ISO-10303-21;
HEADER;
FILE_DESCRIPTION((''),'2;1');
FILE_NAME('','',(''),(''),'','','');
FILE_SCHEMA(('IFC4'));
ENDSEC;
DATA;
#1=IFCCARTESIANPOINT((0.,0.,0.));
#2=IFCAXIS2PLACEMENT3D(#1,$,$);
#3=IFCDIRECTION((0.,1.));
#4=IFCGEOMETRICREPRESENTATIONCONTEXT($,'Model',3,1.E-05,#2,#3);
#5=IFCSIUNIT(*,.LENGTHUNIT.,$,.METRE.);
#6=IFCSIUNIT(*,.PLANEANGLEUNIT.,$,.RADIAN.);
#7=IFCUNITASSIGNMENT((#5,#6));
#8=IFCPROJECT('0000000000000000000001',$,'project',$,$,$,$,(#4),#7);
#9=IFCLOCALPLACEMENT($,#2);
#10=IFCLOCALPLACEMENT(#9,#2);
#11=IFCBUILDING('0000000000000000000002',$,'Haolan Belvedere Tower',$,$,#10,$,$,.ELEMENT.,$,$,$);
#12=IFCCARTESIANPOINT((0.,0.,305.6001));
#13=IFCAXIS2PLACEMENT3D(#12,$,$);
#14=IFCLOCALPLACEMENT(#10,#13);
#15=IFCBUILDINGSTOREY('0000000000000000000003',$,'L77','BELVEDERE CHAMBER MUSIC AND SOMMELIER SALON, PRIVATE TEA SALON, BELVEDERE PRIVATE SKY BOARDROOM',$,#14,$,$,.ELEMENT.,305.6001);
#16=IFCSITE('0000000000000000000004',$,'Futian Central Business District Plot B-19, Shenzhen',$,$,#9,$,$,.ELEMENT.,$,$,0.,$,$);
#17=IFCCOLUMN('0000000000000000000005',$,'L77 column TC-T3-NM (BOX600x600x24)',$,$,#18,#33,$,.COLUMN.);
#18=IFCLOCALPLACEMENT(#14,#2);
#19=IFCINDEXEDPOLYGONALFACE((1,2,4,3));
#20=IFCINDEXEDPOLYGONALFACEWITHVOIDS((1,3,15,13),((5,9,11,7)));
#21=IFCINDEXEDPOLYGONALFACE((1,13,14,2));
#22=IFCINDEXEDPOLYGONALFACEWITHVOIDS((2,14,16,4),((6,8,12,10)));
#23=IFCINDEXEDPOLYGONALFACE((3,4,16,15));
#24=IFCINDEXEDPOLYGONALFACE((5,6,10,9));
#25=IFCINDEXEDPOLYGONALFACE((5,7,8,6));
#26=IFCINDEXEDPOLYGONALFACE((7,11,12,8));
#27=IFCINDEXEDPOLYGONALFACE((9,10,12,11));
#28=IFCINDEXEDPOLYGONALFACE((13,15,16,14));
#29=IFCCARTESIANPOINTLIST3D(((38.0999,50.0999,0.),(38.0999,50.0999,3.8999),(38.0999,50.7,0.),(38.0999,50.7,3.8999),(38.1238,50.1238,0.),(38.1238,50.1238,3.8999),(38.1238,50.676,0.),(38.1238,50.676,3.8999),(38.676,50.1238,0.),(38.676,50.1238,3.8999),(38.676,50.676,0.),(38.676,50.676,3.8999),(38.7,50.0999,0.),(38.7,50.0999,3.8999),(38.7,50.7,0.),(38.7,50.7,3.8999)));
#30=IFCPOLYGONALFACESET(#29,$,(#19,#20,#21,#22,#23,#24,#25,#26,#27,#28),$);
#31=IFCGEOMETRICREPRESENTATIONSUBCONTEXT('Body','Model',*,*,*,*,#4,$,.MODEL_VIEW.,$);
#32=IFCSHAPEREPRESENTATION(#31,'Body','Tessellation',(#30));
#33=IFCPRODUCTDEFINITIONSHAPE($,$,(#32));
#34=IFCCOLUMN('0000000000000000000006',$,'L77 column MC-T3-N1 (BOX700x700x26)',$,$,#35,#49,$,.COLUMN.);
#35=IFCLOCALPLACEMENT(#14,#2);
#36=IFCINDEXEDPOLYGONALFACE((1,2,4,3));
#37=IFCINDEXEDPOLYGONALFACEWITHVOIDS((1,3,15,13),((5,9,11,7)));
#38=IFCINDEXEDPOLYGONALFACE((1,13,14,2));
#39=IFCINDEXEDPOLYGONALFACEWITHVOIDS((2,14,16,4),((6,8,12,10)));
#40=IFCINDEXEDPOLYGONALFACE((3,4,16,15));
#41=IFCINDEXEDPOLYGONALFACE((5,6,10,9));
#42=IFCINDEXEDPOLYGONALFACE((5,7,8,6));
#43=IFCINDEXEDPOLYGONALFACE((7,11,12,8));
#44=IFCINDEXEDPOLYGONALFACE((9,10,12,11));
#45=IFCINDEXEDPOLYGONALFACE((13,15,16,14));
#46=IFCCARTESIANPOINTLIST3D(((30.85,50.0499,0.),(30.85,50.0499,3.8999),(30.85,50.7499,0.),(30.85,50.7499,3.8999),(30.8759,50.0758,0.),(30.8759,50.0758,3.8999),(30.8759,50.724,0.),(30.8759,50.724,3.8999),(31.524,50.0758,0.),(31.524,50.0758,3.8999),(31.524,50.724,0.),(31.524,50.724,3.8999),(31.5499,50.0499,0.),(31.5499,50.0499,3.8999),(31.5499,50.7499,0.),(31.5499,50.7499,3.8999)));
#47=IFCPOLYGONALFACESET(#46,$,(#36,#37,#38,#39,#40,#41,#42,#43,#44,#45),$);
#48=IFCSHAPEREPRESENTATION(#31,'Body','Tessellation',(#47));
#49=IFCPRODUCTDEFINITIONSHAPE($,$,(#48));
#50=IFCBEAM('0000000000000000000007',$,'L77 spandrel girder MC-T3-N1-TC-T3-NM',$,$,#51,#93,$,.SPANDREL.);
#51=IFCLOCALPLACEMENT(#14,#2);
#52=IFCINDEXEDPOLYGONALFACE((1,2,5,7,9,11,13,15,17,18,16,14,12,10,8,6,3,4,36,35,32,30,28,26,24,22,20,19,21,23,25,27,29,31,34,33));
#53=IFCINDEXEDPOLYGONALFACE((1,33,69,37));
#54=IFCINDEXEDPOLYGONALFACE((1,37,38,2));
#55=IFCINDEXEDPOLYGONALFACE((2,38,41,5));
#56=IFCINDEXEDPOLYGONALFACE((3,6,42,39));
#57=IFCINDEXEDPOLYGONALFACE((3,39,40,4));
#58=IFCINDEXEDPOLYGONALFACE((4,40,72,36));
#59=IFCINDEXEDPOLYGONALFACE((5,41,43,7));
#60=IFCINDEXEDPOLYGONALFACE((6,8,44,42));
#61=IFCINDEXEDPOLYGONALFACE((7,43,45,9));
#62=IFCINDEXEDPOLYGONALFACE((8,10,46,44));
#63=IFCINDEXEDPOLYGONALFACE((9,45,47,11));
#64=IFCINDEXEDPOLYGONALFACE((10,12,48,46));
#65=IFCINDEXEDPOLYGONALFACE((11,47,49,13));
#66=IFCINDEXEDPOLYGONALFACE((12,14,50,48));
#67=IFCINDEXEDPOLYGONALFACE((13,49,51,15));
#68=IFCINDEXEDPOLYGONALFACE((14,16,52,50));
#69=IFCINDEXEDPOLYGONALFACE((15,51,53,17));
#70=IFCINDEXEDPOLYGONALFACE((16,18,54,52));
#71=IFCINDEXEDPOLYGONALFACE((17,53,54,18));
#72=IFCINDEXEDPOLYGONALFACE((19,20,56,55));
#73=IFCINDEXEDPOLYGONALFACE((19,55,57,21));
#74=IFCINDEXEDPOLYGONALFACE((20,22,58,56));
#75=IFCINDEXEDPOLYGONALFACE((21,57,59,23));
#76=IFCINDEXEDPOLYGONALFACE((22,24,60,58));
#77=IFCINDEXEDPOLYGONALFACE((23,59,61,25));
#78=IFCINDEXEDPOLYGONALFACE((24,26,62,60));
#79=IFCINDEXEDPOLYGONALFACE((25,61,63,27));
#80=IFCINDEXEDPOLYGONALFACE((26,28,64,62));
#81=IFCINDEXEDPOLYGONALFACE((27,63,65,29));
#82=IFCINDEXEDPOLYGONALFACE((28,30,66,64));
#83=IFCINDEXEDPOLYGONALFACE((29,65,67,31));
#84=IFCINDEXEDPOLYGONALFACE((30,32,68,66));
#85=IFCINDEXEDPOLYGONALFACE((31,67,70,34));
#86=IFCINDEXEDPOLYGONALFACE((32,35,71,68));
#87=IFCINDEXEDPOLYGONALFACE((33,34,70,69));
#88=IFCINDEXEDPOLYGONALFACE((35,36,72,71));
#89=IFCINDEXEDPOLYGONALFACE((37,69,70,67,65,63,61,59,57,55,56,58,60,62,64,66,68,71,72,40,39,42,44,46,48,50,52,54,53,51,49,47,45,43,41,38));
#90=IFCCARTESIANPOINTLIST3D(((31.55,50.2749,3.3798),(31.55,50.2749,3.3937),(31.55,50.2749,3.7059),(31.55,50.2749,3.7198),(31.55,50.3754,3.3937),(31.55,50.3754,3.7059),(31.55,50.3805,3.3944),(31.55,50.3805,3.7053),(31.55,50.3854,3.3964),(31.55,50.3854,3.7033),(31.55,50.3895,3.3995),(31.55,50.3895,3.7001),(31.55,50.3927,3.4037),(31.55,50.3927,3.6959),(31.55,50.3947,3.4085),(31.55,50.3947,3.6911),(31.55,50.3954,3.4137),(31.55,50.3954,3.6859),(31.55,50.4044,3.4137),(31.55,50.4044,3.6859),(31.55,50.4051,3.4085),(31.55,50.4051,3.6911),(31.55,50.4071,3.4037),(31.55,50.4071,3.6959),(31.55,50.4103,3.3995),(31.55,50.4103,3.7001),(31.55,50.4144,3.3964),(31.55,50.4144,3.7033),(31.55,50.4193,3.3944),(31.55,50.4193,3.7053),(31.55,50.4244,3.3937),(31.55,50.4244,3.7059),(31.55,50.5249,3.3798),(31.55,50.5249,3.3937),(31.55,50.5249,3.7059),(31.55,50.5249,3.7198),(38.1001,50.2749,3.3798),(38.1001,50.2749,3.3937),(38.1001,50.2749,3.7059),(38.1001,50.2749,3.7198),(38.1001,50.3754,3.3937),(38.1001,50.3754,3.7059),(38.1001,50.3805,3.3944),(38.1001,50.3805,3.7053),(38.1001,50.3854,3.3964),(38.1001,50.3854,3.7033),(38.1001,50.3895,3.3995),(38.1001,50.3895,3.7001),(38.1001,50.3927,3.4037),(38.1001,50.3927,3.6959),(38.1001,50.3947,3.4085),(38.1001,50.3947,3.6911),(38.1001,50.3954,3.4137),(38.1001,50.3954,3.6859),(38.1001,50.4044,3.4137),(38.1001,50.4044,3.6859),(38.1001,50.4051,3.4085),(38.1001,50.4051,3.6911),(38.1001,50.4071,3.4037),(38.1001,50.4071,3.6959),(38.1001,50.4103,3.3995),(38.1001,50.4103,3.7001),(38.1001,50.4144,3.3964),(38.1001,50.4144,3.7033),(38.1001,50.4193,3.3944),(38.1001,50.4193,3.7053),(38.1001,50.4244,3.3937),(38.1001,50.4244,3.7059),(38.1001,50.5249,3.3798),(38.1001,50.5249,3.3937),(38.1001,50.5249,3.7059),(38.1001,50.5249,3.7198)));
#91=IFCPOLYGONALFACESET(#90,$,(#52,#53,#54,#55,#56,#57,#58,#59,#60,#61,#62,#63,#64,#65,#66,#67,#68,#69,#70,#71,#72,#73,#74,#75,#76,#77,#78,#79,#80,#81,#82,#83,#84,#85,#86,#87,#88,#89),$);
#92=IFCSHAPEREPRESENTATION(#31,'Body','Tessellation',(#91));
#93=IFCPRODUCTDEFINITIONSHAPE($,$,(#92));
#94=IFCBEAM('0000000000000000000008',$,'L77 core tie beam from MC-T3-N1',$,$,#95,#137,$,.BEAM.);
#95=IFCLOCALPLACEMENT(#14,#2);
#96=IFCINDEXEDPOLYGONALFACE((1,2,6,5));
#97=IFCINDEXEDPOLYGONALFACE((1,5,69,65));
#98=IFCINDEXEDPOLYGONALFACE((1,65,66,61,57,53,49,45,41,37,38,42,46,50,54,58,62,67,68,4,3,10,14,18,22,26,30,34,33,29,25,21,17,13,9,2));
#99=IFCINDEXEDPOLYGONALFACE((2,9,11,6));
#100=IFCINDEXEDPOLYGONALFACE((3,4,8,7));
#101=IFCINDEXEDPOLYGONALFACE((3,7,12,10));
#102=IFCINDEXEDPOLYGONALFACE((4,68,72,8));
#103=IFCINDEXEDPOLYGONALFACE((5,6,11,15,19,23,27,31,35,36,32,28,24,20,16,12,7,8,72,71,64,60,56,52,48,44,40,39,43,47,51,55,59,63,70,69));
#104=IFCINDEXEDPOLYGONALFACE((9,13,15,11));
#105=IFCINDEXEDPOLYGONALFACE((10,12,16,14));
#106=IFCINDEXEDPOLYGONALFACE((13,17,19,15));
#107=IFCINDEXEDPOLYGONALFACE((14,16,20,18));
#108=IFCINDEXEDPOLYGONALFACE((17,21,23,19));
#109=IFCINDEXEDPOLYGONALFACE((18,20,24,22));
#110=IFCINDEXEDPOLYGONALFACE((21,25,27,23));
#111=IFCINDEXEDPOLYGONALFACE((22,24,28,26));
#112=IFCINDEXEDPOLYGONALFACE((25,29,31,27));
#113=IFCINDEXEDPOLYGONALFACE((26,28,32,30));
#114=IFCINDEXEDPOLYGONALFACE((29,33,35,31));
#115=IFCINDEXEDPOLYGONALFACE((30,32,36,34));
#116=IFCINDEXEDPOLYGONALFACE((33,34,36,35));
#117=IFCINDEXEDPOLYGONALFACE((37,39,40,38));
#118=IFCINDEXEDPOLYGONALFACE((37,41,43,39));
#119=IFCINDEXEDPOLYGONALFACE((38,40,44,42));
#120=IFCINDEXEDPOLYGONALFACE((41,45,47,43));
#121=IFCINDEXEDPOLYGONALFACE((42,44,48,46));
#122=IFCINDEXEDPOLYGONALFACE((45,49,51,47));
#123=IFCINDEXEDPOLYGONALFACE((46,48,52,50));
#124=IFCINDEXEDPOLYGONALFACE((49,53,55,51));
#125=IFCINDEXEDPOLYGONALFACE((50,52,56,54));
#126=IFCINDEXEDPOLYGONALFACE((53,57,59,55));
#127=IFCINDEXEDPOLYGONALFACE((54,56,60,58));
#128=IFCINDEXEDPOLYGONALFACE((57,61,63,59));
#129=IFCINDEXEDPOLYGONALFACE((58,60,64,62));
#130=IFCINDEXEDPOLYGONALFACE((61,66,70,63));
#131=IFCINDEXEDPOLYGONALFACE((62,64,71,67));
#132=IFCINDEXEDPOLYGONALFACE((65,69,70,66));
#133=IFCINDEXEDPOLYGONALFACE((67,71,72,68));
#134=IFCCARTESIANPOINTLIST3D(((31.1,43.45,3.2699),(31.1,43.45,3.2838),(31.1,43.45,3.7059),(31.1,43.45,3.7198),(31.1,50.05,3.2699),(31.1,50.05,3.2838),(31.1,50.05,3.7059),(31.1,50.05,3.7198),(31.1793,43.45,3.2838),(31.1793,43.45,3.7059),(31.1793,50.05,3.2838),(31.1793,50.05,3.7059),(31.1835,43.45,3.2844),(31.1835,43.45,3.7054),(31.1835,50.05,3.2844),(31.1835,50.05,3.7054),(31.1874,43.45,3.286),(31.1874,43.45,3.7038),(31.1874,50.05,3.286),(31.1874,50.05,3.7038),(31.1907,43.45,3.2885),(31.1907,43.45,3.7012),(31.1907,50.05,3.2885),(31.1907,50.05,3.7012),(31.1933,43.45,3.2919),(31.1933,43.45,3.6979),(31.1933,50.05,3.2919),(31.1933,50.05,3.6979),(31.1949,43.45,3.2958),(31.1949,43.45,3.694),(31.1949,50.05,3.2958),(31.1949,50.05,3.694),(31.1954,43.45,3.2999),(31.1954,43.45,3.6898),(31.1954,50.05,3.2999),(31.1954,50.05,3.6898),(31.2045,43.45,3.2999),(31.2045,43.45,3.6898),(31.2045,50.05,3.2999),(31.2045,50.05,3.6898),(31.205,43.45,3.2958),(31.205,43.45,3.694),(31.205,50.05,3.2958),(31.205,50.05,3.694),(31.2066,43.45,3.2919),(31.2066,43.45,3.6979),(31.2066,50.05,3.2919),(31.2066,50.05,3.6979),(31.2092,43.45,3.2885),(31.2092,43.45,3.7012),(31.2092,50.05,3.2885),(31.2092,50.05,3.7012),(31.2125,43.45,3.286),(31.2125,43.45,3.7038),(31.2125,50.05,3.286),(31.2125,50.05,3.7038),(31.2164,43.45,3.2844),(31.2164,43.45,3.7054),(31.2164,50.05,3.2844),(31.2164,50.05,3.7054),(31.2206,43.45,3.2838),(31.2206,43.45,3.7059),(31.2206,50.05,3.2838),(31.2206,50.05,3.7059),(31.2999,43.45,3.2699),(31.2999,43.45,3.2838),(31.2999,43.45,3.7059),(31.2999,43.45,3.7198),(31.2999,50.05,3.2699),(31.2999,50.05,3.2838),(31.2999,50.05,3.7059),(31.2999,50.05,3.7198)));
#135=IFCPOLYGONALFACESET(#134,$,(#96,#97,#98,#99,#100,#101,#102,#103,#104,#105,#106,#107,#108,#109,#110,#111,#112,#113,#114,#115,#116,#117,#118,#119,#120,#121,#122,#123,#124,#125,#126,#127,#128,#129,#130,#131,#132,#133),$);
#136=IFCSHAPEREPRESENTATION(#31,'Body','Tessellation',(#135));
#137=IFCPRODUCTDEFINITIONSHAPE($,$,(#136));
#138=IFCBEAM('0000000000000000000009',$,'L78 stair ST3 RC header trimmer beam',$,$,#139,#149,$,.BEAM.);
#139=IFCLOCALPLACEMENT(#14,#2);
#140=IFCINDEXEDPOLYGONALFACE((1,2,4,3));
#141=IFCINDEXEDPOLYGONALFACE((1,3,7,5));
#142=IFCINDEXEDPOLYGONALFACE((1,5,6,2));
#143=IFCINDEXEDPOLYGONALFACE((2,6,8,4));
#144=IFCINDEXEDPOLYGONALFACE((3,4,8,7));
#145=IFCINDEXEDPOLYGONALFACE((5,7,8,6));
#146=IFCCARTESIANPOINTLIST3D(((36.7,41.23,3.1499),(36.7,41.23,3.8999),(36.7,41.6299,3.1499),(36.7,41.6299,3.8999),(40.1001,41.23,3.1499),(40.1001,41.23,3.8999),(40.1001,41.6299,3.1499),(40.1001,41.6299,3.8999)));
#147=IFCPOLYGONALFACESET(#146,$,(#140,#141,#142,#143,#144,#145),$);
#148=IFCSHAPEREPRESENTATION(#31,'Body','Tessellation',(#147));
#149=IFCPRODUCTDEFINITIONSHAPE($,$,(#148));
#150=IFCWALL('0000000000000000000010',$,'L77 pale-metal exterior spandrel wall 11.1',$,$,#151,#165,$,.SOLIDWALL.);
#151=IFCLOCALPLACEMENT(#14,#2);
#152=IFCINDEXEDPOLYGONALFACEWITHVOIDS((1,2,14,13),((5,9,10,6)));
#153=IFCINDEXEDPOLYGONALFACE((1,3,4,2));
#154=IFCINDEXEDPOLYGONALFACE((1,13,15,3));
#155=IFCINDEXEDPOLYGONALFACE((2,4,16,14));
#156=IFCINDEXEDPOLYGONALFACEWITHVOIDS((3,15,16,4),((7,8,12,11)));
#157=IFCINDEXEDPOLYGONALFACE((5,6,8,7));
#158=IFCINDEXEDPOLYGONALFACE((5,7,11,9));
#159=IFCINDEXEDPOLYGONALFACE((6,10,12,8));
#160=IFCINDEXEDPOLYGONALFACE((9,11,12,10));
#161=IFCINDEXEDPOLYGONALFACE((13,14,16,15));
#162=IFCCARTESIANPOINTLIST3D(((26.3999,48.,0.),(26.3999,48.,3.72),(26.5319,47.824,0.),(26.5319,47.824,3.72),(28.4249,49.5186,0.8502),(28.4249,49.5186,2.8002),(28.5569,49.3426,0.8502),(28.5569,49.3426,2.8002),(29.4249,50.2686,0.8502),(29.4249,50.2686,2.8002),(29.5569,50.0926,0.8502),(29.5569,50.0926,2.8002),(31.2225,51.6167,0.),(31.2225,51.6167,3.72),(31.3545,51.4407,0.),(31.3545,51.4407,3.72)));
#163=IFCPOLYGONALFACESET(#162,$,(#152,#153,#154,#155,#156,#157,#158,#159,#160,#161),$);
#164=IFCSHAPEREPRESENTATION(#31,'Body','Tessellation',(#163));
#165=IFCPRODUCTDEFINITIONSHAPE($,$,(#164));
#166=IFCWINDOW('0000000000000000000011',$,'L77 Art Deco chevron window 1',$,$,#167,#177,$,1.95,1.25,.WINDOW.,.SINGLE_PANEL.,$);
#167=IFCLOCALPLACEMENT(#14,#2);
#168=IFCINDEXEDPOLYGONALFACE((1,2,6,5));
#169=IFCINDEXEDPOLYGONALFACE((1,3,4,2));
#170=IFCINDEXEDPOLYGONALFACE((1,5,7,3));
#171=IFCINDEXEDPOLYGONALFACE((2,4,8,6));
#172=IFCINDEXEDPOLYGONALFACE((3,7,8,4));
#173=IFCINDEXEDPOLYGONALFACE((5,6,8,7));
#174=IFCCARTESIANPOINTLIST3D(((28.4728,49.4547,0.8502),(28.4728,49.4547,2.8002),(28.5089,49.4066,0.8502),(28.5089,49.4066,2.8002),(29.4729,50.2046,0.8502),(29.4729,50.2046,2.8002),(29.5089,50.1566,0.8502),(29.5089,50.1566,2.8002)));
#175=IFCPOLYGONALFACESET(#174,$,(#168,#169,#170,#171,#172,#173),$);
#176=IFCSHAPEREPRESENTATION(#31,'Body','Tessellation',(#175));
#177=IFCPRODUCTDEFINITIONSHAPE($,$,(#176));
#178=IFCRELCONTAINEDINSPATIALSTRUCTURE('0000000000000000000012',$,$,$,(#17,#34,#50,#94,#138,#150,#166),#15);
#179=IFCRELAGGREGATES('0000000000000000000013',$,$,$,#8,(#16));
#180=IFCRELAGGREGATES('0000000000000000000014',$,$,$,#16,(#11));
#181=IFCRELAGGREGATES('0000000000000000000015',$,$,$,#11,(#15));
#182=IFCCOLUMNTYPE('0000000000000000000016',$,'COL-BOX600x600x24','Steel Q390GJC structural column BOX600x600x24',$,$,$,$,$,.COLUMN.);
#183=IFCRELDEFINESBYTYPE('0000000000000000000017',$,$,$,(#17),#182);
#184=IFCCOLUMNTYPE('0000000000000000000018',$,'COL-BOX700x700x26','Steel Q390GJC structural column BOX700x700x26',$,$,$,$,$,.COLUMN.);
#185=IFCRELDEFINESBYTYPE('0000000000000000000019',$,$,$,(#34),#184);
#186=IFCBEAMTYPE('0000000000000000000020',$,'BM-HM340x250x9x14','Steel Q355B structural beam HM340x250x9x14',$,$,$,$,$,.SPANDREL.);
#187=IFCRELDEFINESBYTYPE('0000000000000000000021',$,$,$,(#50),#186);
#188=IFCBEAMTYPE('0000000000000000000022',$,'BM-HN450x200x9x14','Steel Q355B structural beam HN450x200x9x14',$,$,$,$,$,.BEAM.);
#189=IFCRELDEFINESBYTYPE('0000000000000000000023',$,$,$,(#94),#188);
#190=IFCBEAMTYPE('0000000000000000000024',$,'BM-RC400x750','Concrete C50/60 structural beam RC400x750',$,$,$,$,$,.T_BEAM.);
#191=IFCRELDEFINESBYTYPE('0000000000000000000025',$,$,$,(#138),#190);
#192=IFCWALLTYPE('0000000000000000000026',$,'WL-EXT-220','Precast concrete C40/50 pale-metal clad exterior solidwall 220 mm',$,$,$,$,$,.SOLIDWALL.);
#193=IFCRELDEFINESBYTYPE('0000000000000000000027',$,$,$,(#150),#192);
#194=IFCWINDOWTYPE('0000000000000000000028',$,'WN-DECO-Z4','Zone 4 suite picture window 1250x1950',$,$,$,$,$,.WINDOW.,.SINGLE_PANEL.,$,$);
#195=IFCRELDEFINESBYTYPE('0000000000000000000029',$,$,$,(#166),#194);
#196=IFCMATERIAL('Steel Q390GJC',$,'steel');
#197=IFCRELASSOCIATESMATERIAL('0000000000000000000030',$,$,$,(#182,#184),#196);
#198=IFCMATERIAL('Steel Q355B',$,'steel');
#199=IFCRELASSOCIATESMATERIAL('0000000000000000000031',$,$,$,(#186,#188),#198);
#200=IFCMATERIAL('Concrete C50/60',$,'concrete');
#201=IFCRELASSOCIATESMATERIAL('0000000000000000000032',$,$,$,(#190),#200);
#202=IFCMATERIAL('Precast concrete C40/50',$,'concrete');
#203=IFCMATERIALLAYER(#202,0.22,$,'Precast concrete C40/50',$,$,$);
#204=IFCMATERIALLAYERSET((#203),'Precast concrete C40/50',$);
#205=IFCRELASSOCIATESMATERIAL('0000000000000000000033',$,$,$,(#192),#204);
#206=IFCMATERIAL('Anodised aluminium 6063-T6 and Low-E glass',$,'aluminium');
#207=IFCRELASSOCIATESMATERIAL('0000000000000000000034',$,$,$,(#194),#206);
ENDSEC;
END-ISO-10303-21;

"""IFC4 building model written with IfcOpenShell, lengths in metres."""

from ifc_helpers import new_model, si_unit, direction, frame, frame_2d, origin, origin_2d, place, context, subcontext, project, spatial, rectangle, hollow_rectangle, i_section, extrude, material, layer, layer_set, material_profile, profile_set, type_object, element, fill, save


model = new_model("IFC4")

# Units and contexts
model_context = context("Model", 3, precision=1e-05, world=origin(), true_north=direction((0.0, 1.0)))
body_context = subcontext(model_context, "Body", "Model", "MODEL_VIEW")
ifc_project = project(units=[si_unit("LENGTHUNIT", "METRE"), si_unit("PLANEANGLEUNIT", "RADIAN")], contexts=[model_context])

# Site, building, storey
site_placement = place(None, origin())
site = spatial("IfcSite", under=ifc_project, at=site_placement, Name="Futian Central Business District Plot B-19, Shenzhen", CompositionType="ELEMENT", RefElevation=0.0)
building_placement = place(site_placement, origin())
building = spatial("IfcBuilding", under=site, at=building_placement, Name="Haolan Belvedere Tower", CompositionType="ELEMENT")
storey_placement = place(building_placement, frame((0.0, 0.0, 305.6001)))
storey = spatial("IfcBuildingStorey", under=building, at=storey_placement, Name="L77", Description="BELVEDERE CHAMBER MUSIC AND SOMMELIER SALON, PRIVATE TEA SALON, BELVEDERE PRIVATE SKY BOARDROOM", CompositionType="ELEMENT", Elevation=305.6001)

# Columns
ifc_material_1 = material(Name="Steel Q390GJC", Category="steel")
ifc_material_profile_1 = material_profile(ifc_material_1, hollow_rectangle(XDim=0.6001, YDim=0.6001, WallThickness=0.0239, at=origin_2d()), Name="Steel Q390GJC")
ifc_profile_set_1 = profile_set([ifc_material_profile_1], Name="Steel Q390GJC")
column_type_1 = type_object("IfcColumnType", Name="COL-BOX600x600x24", Description="Steel Q390GJC structural column BOX600x600x24", PredefinedType="COLUMN", material=ifc_profile_set_1)
column_1_placement = place(storey_placement, frame((38.3999, 50.3999, 0.0), z_axis=(0.0, 0.0, 1.0), x_axis=(1.0, 0.0, 0.0)))
element("IfcColumn", 1, at=column_1_placement, inside=storey, type_object=column_type_1, Name="L77 column TC-T3-NM (BOX600x600x24)", PredefinedType="COLUMN", context=body_context, shape_type="SweptSolid", body=[
    extrude(hollow_rectangle(XDim=0.6001, YDim=0.6001, WallThickness=0.0239, at=origin_2d()), origin(), (0.0, 0.0, 1.0), 3.8999),
])
ifc_material_profile_2 = material_profile(ifc_material_1, hollow_rectangle(XDim=0.7, YDim=0.7, WallThickness=0.0259, at=origin_2d()), Name="Steel Q390GJC")
ifc_profile_set_2 = profile_set([ifc_material_profile_2], Name="Steel Q390GJC")
column_type_2 = type_object("IfcColumnType", Name="COL-BOX700x700x26", Description="Steel Q390GJC structural column BOX700x700x26", PredefinedType="COLUMN", material=ifc_profile_set_2)
column_2_placement = place(storey_placement, frame((31.2, 50.3999, 0.0), z_axis=(0.0, 0.0, 1.0), x_axis=(1.0, 0.0, 0.0)))
element("IfcColumn", 2, at=column_2_placement, inside=storey, type_object=column_type_2, Name="L77 column MC-T3-N1 (BOX700x700x26)", PredefinedType="COLUMN", context=body_context, shape_type="SweptSolid", body=[
    extrude(hollow_rectangle(XDim=0.7, YDim=0.7, WallThickness=0.0259, at=origin_2d()), origin(), (0.0, 0.0, 1.0), 3.8999),
])

# Beams
ifc_material_2 = material(Name="Steel Q355B", Category="steel")
ifc_material_profile_3 = material_profile(ifc_material_2, i_section(OverallWidth=0.25, OverallDepth=0.3401, WebThickness=0.009, FlangeThickness=0.0139, FilletRadius=0.02, at=origin_2d()), Name="Steel Q355B")
ifc_profile_set_3 = profile_set([ifc_material_profile_3], Name="Steel Q355B")
beam_type_1 = type_object("IfcBeamType", Name="BM-HM340x250x9x14", Description="Steel Q355B structural beam HM340x250x9x14", PredefinedType="SPANDREL", material=ifc_profile_set_3)
beam_1_placement = place(storey_placement, frame((31.55, 50.3999, 3.5498), z_axis=(1.0, 0.0, 0.0), x_axis=(0.0, 1.0, 0.0)))
element("IfcBeam", 3, at=beam_1_placement, inside=storey, type_object=beam_type_1, Name="L77 spandrel girder MC-T3-N1-TC-T3-NM", PredefinedType="SPANDREL", context=body_context, shape_type="SweptSolid", body=[
    extrude(i_section(OverallWidth=0.25, OverallDepth=0.3401, WebThickness=0.009, FlangeThickness=0.0139, FilletRadius=0.02, at=origin_2d()), origin(), (0.0, 0.0, 1.0), 6.55),
])
ifc_material_profile_4 = material_profile(ifc_material_2, i_section(OverallWidth=0.2, OverallDepth=0.45, WebThickness=0.009, FlangeThickness=0.0139, FilletRadius=0.0161, at=origin_2d()), Name="Steel Q355B")
ifc_profile_set_4 = profile_set([ifc_material_profile_4], Name="Steel Q355B")
beam_type_2 = type_object("IfcBeamType", Name="BM-HN450x200x9x14", Description="Steel Q355B structural beam HN450x200x9x14", PredefinedType="BEAM", material=ifc_profile_set_4)
beam_2_placement = place(storey_placement, frame((31.2, 50.05, 3.4949), z_axis=(0.0, -1.0, 0.0), x_axis=(1.0, 0.0, 0.0)))
element("IfcBeam", 4, at=beam_2_placement, inside=storey, type_object=beam_type_2, Name="L77 core tie beam from MC-T3-N1", PredefinedType="BEAM", context=body_context, shape_type="SweptSolid", body=[
    extrude(i_section(OverallWidth=0.2, OverallDepth=0.45, WebThickness=0.009, FlangeThickness=0.0139, FilletRadius=0.0161, at=origin_2d()), origin(), (0.0, 0.0, 1.0), 6.6001),
])
ifc_material_3 = material(Name="Concrete C50/60", Category="concrete")
ifc_material_profile_5 = material_profile(ifc_material_3, rectangle(XDim=0.3999, YDim=0.75, at=origin_2d()), Name="Concrete C50/60")
ifc_profile_set_5 = profile_set([ifc_material_profile_5], Name="Concrete C50/60")
beam_type_3 = type_object("IfcBeamType", Name="BM-RC400x750", Description="Concrete C50/60 structural beam RC400x750", PredefinedType="T_BEAM", material=ifc_profile_set_5)
beam_3_placement = place(storey_placement, frame((36.7, 41.4299, 3.5249), z_axis=(1.0, 0.0, 0.0), x_axis=(0.0, 1.0, 0.0)))
element("IfcBeam", 5, at=beam_3_placement, inside=storey, type_object=beam_type_3, Name="L78 stair ST3 RC header trimmer beam", PredefinedType="BEAM", context=body_context, shape_type="SweptSolid", body=[
    extrude(rectangle(XDim=0.3999, YDim=0.75, at=origin_2d()), origin(), (0.0, 0.0, 1.0), 3.4001),
])

# Wall, opening, window
ifc_material_4 = material(Name="Precast concrete C40/50", Category="concrete")
ifc_layer_1 = layer(ifc_material_4, 0.22, Name="Precast concrete C40/50")
ifc_layer_set_1 = layer_set([ifc_layer_1], Name="Precast concrete C40/50")
wall_type_1 = type_object("IfcWallType", Name="WL-EXT-220", Description="Precast concrete C40/50 pale-metal clad exterior solidwall 220 mm", PredefinedType="SOLIDWALL", material=ifc_layer_set_1)
wall_1_placement = place(storey_placement, frame((31.2886, 51.5288, 0.0), z_axis=(0.0, 0.0, 1.0), x_axis=(-0.800015, -0.599981, 0.0)))
wall_1 = element("IfcWall", 6, at=wall_1_placement, inside=storey, type_object=wall_type_1, Name="L77 pale-metal exterior spandrel wall 11.1", PredefinedType="SOLIDWALL", context=body_context, shape_type="SweptSolid", body=[
    extrude(rectangle(XDim=6.0281, YDim=0.22, at=frame_2d((3.0142, 0.0))), origin(), (0.0, 0.0, 1.0), 3.72),
])
opening_1_placement = place(wall_1_placement, frame((2.2471, 0.0, 0.8501)))
opening_1 = element("IfcOpeningElement", 7, at=opening_1_placement, cuts=wall_1, PredefinedType="OPENING", context=body_context, shape_type="SweptSolid", body=[
    extrude(rectangle(XDim=1.25, YDim=1.95, at=frame_2d((0.625, 0.9751))), frame((0.0, 0.1199, 0.0), z_axis=(0.0, -1.0, 0.0), x_axis=(1.0, 0.0, 0.0)), (0.0, 0.0, 1.0), 0.24),
])
ifc_material_5 = material(Name="Anodised aluminium 6063-T6 and Low-E glass", Category="aluminium")
window_type = type_object("IfcWindowType", Name="WN-DECO-Z4", Description="Zone 4 suite picture window 1250x1950", PartitioningType="SINGLE_PANEL", PredefinedType="WINDOW", material=ifc_material_5)
window_placement = place(opening_1_placement, origin())
window = element("IfcWindow", 8, at=window_placement, inside=storey, type_object=window_type, Name="L77 Art Deco chevron window 1", OverallHeight=1.95, OverallWidth=1.25, PartitioningType="SINGLE_PANEL", PredefinedType="WINDOW", context=body_context, shape_type="SweptSolid", body=[
    extrude(rectangle(XDim=1.25, YDim=1.95, at=frame_2d((0.625, 0.9751))), frame((0.0, 0.03, 0.0), z_axis=(0.0, -1.0, 0.0), x_axis=(1.0, 0.0, 0.0)), (0.0, 0.0, 1.0), 0.0601),
])
fill(opening_1, window)

save(model, "model.ifc")
